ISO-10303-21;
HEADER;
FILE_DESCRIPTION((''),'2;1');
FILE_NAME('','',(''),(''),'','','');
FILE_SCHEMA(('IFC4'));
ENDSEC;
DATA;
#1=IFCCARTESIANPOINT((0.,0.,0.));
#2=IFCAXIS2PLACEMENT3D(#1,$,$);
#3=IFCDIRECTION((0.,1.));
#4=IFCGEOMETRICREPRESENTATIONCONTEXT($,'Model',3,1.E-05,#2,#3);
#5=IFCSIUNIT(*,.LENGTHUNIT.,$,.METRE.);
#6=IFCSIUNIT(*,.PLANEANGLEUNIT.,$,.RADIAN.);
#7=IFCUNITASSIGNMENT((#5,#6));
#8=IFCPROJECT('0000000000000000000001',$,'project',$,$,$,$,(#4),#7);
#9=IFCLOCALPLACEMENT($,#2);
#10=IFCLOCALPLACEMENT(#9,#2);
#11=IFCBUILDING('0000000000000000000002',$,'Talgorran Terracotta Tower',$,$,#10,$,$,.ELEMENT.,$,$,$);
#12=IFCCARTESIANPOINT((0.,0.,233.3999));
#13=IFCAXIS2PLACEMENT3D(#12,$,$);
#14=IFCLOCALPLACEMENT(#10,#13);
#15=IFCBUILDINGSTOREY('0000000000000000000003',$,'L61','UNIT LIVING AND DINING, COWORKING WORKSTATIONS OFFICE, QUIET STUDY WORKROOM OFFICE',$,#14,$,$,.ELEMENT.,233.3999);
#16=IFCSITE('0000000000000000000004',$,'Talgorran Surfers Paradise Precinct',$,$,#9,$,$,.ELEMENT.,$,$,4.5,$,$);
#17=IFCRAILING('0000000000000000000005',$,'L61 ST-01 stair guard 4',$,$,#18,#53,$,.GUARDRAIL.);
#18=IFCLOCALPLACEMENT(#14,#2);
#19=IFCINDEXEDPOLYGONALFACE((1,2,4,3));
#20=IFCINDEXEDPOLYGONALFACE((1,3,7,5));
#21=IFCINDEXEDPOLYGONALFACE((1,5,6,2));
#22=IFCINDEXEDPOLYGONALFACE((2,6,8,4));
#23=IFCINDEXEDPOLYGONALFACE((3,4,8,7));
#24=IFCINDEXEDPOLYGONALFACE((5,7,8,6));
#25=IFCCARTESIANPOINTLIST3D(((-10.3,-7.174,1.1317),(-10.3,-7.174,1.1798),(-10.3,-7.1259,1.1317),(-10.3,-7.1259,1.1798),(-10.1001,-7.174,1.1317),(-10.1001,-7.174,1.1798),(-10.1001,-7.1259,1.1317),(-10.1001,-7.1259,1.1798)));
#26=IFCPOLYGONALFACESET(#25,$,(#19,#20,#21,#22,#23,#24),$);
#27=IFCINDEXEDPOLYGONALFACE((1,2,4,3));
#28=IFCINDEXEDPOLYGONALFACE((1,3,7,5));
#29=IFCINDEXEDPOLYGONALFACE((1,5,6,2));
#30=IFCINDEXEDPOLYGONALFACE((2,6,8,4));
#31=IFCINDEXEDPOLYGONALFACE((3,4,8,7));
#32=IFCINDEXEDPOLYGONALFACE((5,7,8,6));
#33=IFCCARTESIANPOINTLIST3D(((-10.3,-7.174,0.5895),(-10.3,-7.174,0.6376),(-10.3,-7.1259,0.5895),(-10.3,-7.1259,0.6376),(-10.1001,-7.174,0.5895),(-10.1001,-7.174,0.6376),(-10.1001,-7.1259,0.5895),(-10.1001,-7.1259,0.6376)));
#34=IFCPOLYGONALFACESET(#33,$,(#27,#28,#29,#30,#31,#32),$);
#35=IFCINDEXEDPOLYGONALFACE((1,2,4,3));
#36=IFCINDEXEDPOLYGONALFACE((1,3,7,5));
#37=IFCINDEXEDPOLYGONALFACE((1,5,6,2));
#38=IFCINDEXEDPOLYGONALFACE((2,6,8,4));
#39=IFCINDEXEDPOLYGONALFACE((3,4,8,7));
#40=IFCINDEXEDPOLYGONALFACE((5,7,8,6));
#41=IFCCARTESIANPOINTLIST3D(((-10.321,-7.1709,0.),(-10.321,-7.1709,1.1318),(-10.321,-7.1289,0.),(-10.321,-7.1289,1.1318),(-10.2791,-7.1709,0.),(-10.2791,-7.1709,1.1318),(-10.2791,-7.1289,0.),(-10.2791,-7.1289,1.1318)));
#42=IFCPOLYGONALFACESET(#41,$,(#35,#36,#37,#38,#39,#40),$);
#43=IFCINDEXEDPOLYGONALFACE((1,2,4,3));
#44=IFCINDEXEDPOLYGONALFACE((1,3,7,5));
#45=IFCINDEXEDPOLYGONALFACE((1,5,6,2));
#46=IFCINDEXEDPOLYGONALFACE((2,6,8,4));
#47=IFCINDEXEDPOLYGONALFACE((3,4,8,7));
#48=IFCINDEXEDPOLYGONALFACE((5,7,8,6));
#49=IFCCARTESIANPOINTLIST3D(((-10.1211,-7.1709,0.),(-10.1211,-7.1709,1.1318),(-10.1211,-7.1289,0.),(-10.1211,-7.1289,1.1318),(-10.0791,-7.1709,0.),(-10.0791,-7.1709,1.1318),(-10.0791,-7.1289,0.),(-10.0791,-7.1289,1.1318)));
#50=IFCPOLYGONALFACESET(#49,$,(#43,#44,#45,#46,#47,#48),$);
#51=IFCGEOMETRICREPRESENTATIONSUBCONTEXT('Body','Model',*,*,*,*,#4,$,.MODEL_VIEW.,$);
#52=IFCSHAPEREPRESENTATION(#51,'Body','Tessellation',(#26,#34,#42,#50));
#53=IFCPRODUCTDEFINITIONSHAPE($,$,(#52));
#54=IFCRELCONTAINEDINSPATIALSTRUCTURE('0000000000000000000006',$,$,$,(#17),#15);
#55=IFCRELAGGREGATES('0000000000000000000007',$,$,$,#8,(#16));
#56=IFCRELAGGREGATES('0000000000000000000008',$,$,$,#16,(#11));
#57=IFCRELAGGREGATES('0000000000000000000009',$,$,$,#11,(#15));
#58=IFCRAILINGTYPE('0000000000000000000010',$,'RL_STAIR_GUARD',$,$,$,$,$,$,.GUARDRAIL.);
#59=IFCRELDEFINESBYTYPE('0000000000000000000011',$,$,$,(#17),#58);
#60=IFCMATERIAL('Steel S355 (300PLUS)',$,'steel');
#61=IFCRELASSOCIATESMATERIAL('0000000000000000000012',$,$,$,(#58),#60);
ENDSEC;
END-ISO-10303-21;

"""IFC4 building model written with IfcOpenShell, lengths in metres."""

from ifc_helpers import new_model, si_unit, direction, frame, origin, origin_2d, place, context, subcontext, project, spatial, rectangle, extrude, material, type_object, element, save


model = new_model("IFC4")

# Units and contexts
model_context = context("Model", 3, precision=1e-05, world=origin(), true_north=direction((0.0, 1.0)))
body_context = subcontext(model_context, "Body", "Model", "MODEL_VIEW")
ifc_project = project(units=[si_unit("LENGTHUNIT", "METRE"), si_unit("PLANEANGLEUNIT", "RADIAN")], contexts=[model_context])

# Site, building, storey
site_placement = place(None, origin())
site = spatial("IfcSite", under=ifc_project, at=site_placement, Name="Talgorran Surfers Paradise Precinct", CompositionType="ELEMENT", RefElevation=4.5)
building_placement = place(site_placement, origin())
building = spatial("IfcBuilding", under=site, at=building_placement, Name="Talgorran Terracotta Tower", CompositionType="ELEMENT")
storey_placement = place(building_placement, frame((0.0, 0.0, 233.3999)))
storey = spatial("IfcBuildingStorey", under=building, at=storey_placement, Name="L61", Description="UNIT LIVING AND DINING, COWORKING WORKSTATIONS OFFICE, QUIET STUDY WORKROOM OFFICE", CompositionType="ELEMENT", Elevation=233.3999)

# Railing
ifc_material_1 = material(Name="Steel S355 (300PLUS)", Category="steel")
railing_type_1 = type_object("IfcRailingType", Name="RL_STAIR_GUARD", PredefinedType="GUARDRAIL", material=ifc_material_1)
railing_1_placement = place(storey_placement, frame((-10.3, -7.1499, 0.0)))
element("IfcRailing", 1, at=railing_1_placement, inside=storey, type_object=railing_type_1, Name="L61 ST-01 stair guard 4", PredefinedType="GUARDRAIL", context=body_context, shape_type="SweptSolid", body=[
    extrude(rectangle(XDim=0.0481, YDim=0.0481, at=origin_2d()), frame((0.0, 0.0, 1.1558), z_axis=(1.0, 0.0, 0.0), x_axis=(0.0, 1.0, 0.0)), (0.0, 0.0, 1.0), 0.2),
    extrude(rectangle(XDim=0.0481, YDim=0.0481, at=origin_2d()), frame((0.0, 0.0, 0.6135), z_axis=(1.0, 0.0, 0.0), x_axis=(0.0, 1.0, 0.0)), (0.0, 0.0, 1.0), 0.2),
    extrude(rectangle(XDim=0.042, YDim=0.042, at=origin_2d()), origin(), (0.0, 0.0, 1.0), 1.1318),
    extrude(rectangle(XDim=0.042, YDim=0.042, at=origin_2d()), frame((0.2, 0.0, 0.0)), (0.0, 0.0, 1.0), 1.1318),
])

save(model, "model.ifc")
